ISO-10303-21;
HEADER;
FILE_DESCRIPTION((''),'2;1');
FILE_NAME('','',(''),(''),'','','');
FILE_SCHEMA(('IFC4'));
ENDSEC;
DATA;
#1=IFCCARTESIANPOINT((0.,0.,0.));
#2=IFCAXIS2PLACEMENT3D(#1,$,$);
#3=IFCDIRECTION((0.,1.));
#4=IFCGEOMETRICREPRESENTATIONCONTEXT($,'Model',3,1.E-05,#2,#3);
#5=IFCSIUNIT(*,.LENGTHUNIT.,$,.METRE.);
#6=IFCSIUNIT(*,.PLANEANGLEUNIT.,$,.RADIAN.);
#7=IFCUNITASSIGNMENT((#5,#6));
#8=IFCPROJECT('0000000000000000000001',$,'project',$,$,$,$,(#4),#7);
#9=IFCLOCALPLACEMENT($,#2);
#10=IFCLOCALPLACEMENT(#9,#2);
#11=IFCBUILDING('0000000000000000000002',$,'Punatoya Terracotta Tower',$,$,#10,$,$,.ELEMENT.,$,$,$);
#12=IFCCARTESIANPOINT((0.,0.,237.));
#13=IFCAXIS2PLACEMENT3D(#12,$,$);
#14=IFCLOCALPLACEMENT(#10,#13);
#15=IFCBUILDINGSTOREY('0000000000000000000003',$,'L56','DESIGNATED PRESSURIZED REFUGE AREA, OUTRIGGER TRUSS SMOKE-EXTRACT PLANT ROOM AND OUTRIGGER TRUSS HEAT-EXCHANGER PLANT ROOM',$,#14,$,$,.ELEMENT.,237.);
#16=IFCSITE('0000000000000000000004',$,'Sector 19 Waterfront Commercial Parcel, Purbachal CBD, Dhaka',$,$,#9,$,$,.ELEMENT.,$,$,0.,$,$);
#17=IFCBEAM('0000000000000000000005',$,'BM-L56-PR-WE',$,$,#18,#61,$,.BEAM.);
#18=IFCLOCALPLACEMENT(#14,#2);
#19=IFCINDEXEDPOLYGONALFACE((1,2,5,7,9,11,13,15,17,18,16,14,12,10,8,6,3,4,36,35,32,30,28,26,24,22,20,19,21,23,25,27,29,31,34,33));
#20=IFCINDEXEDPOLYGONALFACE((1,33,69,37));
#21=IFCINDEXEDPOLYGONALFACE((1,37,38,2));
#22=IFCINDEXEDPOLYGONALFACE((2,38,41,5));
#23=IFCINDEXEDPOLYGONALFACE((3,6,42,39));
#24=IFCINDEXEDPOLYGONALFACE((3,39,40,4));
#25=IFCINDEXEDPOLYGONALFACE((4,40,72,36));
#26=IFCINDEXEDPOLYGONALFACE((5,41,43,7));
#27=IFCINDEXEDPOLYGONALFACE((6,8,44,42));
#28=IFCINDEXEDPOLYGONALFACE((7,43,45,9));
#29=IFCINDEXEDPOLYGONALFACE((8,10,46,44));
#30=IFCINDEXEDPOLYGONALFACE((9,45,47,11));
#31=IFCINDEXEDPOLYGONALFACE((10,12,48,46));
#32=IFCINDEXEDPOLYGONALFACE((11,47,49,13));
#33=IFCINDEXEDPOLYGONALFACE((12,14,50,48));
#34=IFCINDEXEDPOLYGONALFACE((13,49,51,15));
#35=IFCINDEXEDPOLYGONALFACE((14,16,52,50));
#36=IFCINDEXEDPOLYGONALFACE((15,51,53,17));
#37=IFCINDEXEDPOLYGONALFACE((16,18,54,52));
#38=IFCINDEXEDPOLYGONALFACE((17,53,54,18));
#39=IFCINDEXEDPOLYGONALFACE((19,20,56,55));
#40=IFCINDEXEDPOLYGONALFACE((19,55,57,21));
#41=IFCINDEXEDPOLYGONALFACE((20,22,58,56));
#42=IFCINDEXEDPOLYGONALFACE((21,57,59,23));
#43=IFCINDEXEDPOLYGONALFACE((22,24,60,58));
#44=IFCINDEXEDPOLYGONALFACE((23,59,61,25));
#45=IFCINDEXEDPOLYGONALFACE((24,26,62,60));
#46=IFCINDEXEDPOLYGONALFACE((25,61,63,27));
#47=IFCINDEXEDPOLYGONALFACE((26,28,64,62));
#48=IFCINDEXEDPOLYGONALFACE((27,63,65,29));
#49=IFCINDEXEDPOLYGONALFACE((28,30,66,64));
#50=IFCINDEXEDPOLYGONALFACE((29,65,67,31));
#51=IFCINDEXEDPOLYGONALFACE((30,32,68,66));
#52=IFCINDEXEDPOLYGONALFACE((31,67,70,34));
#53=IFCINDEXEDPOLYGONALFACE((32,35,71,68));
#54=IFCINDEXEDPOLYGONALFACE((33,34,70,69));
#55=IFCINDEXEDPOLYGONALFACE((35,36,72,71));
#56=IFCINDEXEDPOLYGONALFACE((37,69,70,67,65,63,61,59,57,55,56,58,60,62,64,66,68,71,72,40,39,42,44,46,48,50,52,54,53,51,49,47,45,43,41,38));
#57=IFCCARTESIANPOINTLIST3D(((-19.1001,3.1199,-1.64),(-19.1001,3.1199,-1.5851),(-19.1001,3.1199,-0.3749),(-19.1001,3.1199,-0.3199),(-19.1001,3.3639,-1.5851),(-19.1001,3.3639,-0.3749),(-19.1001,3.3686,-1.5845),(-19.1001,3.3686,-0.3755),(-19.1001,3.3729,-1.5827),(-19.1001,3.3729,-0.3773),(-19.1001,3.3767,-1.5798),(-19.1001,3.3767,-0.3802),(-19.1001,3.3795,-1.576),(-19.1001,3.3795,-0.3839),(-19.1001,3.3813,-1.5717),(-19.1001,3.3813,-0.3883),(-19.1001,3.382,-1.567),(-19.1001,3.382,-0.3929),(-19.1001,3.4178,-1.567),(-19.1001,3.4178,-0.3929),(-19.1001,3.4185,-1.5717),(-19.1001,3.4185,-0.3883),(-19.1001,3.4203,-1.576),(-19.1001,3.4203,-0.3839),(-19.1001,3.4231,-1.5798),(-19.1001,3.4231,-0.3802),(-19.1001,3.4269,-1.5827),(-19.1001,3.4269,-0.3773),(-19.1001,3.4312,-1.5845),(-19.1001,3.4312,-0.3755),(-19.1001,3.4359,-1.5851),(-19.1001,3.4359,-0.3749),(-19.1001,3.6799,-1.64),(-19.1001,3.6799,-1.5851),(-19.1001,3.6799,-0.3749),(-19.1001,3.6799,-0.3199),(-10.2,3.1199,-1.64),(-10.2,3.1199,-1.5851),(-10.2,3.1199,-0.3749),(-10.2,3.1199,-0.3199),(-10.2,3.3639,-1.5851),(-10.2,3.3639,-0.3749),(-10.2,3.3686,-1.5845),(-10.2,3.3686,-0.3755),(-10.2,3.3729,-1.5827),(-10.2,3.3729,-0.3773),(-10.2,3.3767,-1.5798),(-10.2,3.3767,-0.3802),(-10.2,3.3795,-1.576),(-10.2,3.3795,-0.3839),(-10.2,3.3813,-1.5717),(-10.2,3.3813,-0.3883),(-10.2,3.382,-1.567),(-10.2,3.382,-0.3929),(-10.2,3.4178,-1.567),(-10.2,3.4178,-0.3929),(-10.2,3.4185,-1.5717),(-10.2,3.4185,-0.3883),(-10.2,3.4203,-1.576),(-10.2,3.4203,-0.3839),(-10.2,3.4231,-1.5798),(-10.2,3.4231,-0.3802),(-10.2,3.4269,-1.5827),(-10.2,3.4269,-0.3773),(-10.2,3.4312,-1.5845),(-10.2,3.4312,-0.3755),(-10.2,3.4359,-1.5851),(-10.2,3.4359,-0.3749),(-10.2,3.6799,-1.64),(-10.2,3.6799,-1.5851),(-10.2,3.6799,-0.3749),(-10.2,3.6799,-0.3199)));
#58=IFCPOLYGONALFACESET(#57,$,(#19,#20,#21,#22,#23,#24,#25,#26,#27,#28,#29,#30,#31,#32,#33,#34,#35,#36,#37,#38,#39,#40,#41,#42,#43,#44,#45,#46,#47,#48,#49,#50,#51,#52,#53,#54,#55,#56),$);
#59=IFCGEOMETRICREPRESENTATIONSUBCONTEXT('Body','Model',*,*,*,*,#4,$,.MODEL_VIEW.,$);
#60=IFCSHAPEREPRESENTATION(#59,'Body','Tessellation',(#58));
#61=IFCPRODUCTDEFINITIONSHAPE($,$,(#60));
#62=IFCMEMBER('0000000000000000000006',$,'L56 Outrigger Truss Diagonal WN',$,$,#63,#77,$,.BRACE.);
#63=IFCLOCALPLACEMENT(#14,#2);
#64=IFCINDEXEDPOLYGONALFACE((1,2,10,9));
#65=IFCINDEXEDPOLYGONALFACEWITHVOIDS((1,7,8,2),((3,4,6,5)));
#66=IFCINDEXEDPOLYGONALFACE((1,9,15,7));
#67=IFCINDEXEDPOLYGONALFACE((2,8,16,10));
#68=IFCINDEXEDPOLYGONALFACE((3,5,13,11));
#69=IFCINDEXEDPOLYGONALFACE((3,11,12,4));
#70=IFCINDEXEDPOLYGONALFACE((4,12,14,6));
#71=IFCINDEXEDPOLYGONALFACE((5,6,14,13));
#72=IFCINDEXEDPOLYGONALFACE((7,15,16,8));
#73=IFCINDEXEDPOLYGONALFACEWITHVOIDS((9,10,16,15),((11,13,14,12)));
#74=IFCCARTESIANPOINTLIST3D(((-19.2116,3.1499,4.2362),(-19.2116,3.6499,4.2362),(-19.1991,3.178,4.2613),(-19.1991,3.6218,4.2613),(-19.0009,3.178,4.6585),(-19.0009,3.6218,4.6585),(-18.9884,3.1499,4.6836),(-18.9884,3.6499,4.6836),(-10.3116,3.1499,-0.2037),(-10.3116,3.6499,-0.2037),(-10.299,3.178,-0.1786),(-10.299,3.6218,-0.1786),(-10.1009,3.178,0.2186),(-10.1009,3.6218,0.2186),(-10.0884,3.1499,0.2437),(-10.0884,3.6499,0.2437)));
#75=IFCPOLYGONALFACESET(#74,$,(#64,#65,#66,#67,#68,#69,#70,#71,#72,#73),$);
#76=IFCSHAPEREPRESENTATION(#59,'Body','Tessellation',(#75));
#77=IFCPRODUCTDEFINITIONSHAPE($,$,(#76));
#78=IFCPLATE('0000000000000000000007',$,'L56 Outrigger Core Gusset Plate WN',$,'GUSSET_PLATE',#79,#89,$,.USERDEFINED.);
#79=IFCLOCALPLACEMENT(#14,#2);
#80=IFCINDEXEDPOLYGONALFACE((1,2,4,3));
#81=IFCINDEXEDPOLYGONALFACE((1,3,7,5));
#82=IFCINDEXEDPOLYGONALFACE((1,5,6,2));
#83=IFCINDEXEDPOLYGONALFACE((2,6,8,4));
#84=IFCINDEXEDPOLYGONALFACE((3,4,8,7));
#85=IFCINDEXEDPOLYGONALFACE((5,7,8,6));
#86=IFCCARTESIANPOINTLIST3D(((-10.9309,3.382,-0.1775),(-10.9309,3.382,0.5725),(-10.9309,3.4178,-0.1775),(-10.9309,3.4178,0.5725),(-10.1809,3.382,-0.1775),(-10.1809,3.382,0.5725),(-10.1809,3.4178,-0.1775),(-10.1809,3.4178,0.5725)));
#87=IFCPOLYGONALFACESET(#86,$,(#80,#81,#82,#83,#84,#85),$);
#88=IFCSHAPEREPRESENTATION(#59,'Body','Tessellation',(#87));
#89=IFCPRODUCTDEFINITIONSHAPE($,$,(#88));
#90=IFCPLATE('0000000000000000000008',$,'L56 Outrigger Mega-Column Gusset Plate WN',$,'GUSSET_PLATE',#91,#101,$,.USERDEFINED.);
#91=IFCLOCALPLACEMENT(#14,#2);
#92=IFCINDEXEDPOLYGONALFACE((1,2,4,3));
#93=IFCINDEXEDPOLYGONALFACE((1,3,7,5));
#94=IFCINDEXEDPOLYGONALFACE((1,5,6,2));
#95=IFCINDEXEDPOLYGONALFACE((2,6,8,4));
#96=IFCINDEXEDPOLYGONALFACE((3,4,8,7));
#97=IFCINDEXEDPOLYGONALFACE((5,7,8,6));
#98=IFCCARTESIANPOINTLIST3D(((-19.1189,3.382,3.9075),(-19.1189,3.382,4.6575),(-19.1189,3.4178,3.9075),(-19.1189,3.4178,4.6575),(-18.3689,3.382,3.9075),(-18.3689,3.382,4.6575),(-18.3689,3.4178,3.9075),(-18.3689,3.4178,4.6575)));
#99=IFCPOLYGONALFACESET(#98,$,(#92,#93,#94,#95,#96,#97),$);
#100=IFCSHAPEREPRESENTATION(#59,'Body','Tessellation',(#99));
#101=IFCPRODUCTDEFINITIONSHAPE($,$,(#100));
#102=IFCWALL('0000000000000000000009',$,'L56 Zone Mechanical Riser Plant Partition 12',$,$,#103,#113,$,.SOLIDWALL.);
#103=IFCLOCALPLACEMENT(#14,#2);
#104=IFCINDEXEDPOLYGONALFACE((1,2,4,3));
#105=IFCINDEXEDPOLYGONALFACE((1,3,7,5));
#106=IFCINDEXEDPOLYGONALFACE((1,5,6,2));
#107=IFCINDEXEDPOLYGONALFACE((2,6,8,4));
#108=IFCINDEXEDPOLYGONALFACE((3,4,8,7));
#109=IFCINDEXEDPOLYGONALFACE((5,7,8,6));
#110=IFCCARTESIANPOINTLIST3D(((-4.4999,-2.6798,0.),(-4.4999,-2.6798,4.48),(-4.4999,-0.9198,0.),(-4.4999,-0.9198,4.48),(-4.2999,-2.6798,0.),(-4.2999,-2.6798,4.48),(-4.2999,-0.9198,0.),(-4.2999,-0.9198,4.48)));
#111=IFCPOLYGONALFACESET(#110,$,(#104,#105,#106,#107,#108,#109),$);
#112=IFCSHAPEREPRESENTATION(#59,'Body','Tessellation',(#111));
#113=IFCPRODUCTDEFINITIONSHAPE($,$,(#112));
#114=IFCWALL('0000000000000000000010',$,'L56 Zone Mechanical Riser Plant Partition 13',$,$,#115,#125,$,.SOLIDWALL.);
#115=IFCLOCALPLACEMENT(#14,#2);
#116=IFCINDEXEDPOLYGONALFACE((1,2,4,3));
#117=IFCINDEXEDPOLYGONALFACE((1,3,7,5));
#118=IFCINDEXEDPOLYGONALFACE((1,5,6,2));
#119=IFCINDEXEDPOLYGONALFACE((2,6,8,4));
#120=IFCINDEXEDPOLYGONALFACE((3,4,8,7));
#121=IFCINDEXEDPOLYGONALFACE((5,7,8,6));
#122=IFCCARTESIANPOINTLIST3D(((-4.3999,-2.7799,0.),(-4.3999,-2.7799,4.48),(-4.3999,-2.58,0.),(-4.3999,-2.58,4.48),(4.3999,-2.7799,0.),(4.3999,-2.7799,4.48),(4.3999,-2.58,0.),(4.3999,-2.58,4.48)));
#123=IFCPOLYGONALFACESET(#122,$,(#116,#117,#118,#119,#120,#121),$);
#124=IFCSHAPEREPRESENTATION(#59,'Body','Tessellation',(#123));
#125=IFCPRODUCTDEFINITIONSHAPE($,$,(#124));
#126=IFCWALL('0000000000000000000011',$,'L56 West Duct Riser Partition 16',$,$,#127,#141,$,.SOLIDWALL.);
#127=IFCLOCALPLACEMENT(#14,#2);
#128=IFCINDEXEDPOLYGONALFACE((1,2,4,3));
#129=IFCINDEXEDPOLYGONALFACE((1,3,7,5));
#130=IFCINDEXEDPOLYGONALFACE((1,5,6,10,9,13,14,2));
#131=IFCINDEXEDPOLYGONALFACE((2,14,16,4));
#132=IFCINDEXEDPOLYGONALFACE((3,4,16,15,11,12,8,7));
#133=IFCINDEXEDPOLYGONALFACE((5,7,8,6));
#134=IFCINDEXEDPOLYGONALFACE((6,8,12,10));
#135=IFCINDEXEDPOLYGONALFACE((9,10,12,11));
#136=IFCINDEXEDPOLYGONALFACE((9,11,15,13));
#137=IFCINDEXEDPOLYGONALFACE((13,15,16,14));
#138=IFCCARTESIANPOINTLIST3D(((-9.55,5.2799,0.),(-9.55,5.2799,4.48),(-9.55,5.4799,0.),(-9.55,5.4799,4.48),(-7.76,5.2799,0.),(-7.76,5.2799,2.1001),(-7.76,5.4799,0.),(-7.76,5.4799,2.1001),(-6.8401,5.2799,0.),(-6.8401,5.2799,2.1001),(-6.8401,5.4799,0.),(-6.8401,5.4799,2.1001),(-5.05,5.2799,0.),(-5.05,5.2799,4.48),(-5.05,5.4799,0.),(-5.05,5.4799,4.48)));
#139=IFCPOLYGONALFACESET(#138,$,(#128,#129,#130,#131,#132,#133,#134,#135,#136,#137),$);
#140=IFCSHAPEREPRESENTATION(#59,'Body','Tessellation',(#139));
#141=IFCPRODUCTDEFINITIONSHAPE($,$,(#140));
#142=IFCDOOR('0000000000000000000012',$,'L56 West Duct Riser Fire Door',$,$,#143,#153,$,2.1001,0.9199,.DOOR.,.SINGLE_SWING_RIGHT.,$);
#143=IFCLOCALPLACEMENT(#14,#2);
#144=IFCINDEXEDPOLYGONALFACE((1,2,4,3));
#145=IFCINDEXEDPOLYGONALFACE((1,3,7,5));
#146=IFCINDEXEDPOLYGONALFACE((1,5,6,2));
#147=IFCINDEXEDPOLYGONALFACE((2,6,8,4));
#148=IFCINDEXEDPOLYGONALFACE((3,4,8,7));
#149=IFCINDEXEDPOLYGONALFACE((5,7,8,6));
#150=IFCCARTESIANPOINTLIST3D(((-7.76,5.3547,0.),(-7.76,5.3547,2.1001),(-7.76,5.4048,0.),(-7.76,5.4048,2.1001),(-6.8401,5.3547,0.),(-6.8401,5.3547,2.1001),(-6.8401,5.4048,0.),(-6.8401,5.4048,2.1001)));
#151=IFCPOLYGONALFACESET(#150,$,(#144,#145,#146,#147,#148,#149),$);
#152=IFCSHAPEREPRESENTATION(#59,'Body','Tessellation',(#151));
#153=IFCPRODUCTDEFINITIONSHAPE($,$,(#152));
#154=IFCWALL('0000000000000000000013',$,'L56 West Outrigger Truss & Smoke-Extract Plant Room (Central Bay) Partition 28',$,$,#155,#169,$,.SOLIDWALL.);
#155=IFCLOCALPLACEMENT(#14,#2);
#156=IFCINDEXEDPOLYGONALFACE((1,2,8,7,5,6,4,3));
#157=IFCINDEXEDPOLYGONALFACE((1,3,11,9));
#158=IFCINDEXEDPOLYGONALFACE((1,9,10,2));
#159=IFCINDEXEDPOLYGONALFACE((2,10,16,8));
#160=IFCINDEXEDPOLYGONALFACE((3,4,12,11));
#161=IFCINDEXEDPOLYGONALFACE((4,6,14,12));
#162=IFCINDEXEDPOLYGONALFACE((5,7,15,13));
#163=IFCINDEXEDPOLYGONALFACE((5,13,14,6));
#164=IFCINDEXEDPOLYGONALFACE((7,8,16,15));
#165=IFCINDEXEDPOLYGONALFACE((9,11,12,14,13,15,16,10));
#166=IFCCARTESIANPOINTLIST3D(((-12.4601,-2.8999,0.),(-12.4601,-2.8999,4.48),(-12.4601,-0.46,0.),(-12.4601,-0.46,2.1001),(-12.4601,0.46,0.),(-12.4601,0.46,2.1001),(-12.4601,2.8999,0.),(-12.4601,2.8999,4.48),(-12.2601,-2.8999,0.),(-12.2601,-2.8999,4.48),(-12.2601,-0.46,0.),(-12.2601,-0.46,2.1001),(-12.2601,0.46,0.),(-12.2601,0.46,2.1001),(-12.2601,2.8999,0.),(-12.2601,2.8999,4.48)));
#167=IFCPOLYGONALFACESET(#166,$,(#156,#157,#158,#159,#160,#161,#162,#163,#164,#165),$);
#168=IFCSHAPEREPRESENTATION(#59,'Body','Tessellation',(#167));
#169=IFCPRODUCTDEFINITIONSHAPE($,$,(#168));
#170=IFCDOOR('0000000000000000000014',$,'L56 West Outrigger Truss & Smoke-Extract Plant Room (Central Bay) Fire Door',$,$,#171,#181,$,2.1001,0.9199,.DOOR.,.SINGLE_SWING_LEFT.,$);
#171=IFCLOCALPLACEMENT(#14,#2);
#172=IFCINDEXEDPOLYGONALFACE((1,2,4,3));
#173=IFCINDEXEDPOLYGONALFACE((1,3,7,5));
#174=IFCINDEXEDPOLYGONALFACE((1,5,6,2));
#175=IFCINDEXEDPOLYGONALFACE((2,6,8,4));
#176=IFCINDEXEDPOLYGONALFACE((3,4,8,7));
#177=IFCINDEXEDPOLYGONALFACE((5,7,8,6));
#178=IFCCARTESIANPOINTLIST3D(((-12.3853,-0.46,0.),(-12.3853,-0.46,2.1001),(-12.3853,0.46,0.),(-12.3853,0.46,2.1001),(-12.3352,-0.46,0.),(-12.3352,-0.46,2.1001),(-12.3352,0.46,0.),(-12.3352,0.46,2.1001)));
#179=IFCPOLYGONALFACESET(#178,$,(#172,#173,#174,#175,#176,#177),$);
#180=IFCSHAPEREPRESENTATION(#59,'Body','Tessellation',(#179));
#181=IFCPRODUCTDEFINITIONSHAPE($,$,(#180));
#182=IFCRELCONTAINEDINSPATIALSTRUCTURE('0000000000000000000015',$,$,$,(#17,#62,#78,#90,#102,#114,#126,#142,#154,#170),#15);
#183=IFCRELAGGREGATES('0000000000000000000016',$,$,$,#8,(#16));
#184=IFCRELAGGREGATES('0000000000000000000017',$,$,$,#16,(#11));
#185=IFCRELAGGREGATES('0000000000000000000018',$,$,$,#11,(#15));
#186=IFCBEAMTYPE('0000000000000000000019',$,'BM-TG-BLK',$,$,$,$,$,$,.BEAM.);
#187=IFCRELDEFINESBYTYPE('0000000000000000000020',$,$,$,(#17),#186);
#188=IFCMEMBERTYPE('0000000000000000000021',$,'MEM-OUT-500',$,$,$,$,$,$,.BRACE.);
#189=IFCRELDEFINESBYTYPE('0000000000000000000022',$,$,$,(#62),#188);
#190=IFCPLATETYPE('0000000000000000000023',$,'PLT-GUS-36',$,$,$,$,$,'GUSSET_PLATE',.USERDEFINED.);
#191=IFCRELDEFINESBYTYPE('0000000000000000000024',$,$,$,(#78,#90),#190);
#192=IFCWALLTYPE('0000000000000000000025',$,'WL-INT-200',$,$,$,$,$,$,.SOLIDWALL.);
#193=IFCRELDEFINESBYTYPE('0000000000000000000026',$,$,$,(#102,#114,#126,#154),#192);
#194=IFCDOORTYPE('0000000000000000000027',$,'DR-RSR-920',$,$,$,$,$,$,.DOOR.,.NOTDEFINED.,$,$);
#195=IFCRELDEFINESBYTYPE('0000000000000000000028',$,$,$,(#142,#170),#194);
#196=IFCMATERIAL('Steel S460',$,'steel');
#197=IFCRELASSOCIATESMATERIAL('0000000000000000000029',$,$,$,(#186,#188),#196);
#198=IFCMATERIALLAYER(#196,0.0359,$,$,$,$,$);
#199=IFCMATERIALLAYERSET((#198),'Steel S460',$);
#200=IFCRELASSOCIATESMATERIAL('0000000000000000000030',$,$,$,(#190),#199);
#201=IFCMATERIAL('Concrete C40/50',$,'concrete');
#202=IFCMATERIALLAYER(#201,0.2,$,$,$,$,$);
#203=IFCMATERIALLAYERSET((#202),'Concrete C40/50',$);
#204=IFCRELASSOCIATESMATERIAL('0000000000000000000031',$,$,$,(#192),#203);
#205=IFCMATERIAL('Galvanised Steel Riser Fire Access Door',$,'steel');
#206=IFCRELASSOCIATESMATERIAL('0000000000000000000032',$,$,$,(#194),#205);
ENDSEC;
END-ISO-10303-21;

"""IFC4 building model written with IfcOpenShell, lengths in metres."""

from ifc_helpers import new_model, si_unit, direction, frame, frame_2d, origin, origin_2d, place, context, subcontext, project, spatial, rectangle, hollow_rectangle, i_section, extrude, material, layer, layer_set, material_profile, profile_set, type_object, element, fill, save


model = new_model("IFC4")

# Units and contexts
model_context = context("Model", 3, precision=1e-05, world=origin(), true_north=direction((0.0, 1.0)))
body_context = subcontext(model_context, "Body", "Model", "MODEL_VIEW")
ifc_project = project(units=[si_unit("LENGTHUNIT", "METRE"), si_unit("PLANEANGLEUNIT", "RADIAN")], contexts=[model_context])

# Site, building, storey
site_placement = place(None, origin())
site = spatial("IfcSite", under=ifc_project, at=site_placement, Name="Sector 19 Waterfront Commercial Parcel, Purbachal CBD, Dhaka", CompositionType="ELEMENT", RefElevation=0.0)
building_placement = place(site_placement, origin())
building = spatial("IfcBuilding", under=site, at=building_placement, Name="Punatoya Terracotta Tower", CompositionType="ELEMENT")
storey_placement = place(building_placement, frame((0.0, 0.0, 237.0)))
storey = spatial("IfcBuildingStorey", under=building, at=storey_placement, Name="L56", Description="DESIGNATED PRESSURIZED REFUGE AREA, OUTRIGGER TRUSS SMOKE-EXTRACT PLANT ROOM AND OUTRIGGER TRUSS HEAT-EXCHANGER PLANT ROOM", CompositionType="ELEMENT", Elevation=237.0)

# Shared definitions
ifc_material_1 = material(Name="Steel S460", Category="steel")

# Beam
ifc_material_profile_1 = material_profile(ifc_material_1, i_section(OverallWidth=0.5601, OverallDepth=1.3201, WebThickness=0.0359, FlangeThickness=0.0549, FilletRadius=0.0181, at=origin_2d()))
ifc_profile_set_1 = profile_set([ifc_material_profile_1], Name="Steel S460")
beam_type_1 = type_object("IfcBeamType", Name="BM-TG-BLK", PredefinedType="BEAM", material=ifc_profile_set_1)
beam_1_placement = place(storey_placement, frame((-19.1001, 3.3999, -0.98), z_axis=(1.0, 0.0, 0.0), x_axis=(0.0, 1.0, 0.0)))
element("IfcBeam", 1, at=beam_1_placement, inside=storey, type_object=beam_type_1, Name="BM-L56-PR-WE", PredefinedType="BEAM", context=body_context, shape_type="SweptSolid", body=[
    extrude(i_section(OverallWidth=0.5601, OverallDepth=1.3201, WebThickness=0.0359, FlangeThickness=0.0549, FilletRadius=0.0181, at=origin_2d()), origin(), (0.0, 0.0, 1.0), 8.9001),
])

# Member
ifc_material_profile_2 = material_profile(ifc_material_1, hollow_rectangle(XDim=0.5, YDim=0.5, WallThickness=0.0281, at=origin_2d()))
ifc_profile_set_2 = profile_set([ifc_material_profile_2], Name="Steel S460")
member_type = type_object("IfcMemberType", Name="MEM-OUT-500", PredefinedType="BRACE", material=ifc_profile_set_2)
member_placement = place(storey_placement, frame((-10.2, 3.3999, 0.02), z_axis=(-0.894834, 0.0, 0.446398), x_axis=(0.0, -1.0, 0.0)))
element("IfcMember", 2, at=member_placement, inside=storey, type_object=member_type, Name="L56 Outrigger Truss Diagonal WN", PredefinedType="BRACE", context=body_context, shape_type="SweptSolid", body=[
    extrude(hollow_rectangle(XDim=0.5, YDim=0.5, WallThickness=0.0281, at=origin_2d()), origin(), (0.0, 0.0, 1.0), 9.946),
])

# Plates
ifc_layer_1 = layer(ifc_material_1, 0.0359)
ifc_layer_set_1 = layer_set([ifc_layer_1], Name="Steel S460")
plate_type = type_object("IfcPlateType", Name="PLT-GUS-36", ElementType="GUSSET_PLATE", PredefinedType="USERDEFINED", material=ifc_layer_set_1)
for number, where, z_axis, x_axis, name in (
    (3, (-10.5559, 3.3999, -0.1775), (0.0, 0.0, 1.0), (1.0, 0.0, 0.0), "L56 Outrigger Core Gusset Plate WN"),
    (4, (-18.7439, 3.3999, 3.9075), (0.0, 0.0, 1.0), (1.0, 0.0, 0.0), "L56 Outrigger Mega-Column Gusset Plate WN"),
):
    element("IfcPlate", number, at=place(storey_placement, frame(where, z_axis=z_axis, x_axis=x_axis)), inside=storey, type_object=plate_type, Name=name, ObjectType="GUSSET_PLATE", PredefinedType="USERDEFINED", context=body_context, shape_type="SweptSolid", body=[
        extrude(rectangle(XDim=0.75, YDim=0.0359, at=origin_2d()), origin(), (0.0, 0.0, 1.0), 0.75),
    ])

# Walls
ifc_material_2 = material(Name="Concrete C40/50", Category="concrete")
ifc_layer_2 = layer(ifc_material_2, 0.2)
ifc_layer_set_2 = layer_set([ifc_layer_2], Name="Concrete C40/50")
wall_type_1 = type_object("IfcWallType", Name="WL-INT-200", PredefinedType="SOLIDWALL", material=ifc_layer_set_2)
wall_1_placement = place(storey_placement, frame((-4.3999, -0.9199, 0.0), z_axis=(0.0, 0.0, 1.0), x_axis=(0.0, -1.0, 0.0)))
element("IfcWall", 5, at=wall_1_placement, inside=storey, type_object=wall_type_1, Name="L56 Zone Mechanical Riser Plant Partition 12", PredefinedType="SOLIDWALL", context=body_context, shape_type="SweptSolid", body=[
    extrude(rectangle(XDim=1.76, YDim=0.2, at=frame_2d((0.8799, 0.0))), origin(), (0.0, 0.0, 1.0), 4.48),
])
wall_2_placement = place(storey_placement, frame((-4.3999, -2.6799, 0.0), z_axis=(0.0, 0.0, 1.0), x_axis=(1.0, 0.0, 0.0)))
element("IfcWall", 6, at=wall_2_placement, inside=storey, type_object=wall_type_1, Name="L56 Zone Mechanical Riser Plant Partition 13", PredefinedType="SOLIDWALL", context=body_context, shape_type="SweptSolid", body=[
    extrude(rectangle(XDim=8.7998, YDim=0.2, at=frame_2d((4.3999, 0.0))), origin(), (0.0, 0.0, 1.0), 4.48),
])

# Walls, openings, doors
wall_3_placement = place(storey_placement, frame((-9.55, 5.3799, 0.0), z_axis=(0.0, 0.0, 1.0), x_axis=(1.0, 0.0, 0.0)))
wall_3 = element("IfcWall", 7, at=wall_3_placement, inside=storey, type_object=wall_type_1, Name="L56 West Duct Riser Partition 16", PredefinedType="SOLIDWALL", context=body_context, shape_type="SweptSolid", body=[
    extrude(rectangle(XDim=4.5, YDim=0.2, at=frame_2d((2.25, 0.0))), origin(), (0.0, 0.0, 1.0), 4.48),
])
opening_1_placement = place(wall_3_placement, frame((1.79, 0.0, 0.0)))
opening_1 = element("IfcOpeningElement", 8, at=opening_1_placement, cuts=wall_3, PredefinedType="OPENING", context=body_context, shape_type="SweptSolid", body=[
    extrude(rectangle(XDim=0.9199, YDim=2.1001, at=frame_2d((0.46, 1.05))), frame((0.0, 0.1099, 0.0), z_axis=(0.0, -1.0, 0.0), x_axis=(1.0, 0.0, 0.0)), (0.0, 0.0, 1.0), 0.22),
])
ifc_material_3 = material(Name="Galvanised Steel Riser Fire Access Door", Category="steel")
door_type_1 = type_object("IfcDoorType", Name="DR-RSR-920", OperationType="NOTDEFINED", PredefinedType="DOOR", material=ifc_material_3)
door_1_placement = place(opening_1_placement, origin())
door_1 = element("IfcDoor", 9, at=door_1_placement, inside=storey, type_object=door_type_1, Name="L56 West Duct Riser Fire Door", OperationType="SINGLE_SWING_RIGHT", OverallHeight=2.1001, OverallWidth=0.9199, PredefinedType="DOOR", context=body_context, shape_type="SweptSolid", body=[
    extrude(rectangle(XDim=0.9199, YDim=2.1001, at=frame_2d((0.46, 1.05))), frame((0.0, 0.0249, 0.0), z_axis=(0.0, -1.0, 0.0), x_axis=(1.0, 0.0, 0.0)), (0.0, 0.0, 1.0), 0.05),
])
fill(opening_1, door_1)
wall_4_placement = place(storey_placement, frame((-12.3601, 2.8999, 0.0), z_axis=(0.0, 0.0, 1.0), x_axis=(0.0, -1.0, 0.0)))
wall_4 = element("IfcWall", 10, at=wall_4_placement, inside=storey, type_object=wall_type_1, Name="L56 West Outrigger Truss & Smoke-Extract Plant Room (Central Bay) Partition 28", PredefinedType="SOLIDWALL", context=body_context, shape_type="SweptSolid", body=[
    extrude(rectangle(XDim=5.7998, YDim=0.2, at=frame_2d((2.8999, 0.0))), origin(), (0.0, 0.0, 1.0), 4.48),
])
opening_2_placement = place(wall_4_placement, frame((2.4399, 0.0, 0.0)))
opening_2 = element("IfcOpeningElement", 11, at=opening_2_placement, cuts=wall_4, PredefinedType="OPENING", context=body_context, shape_type="SweptSolid", body=[
    extrude(rectangle(XDim=0.9199, YDim=2.1001, at=frame_2d((0.46, 1.05))), frame((0.0, 0.1099, 0.0), z_axis=(0.0, -1.0, 0.0), x_axis=(1.0, 0.0, 0.0)), (0.0, 0.0, 1.0), 0.22),
])
door_2_placement = place(opening_2_placement, origin())
door_2 = element("IfcDoor", 12, at=door_2_placement, inside=storey, type_object=door_type_1, Name="L56 West Outrigger Truss & Smoke-Extract Plant Room (Central Bay) Fire Door", OperationType="SINGLE_SWING_LEFT", OverallHeight=2.1001, OverallWidth=0.9199, PredefinedType="DOOR", context=body_context, shape_type="SweptSolid", body=[
    extrude(rectangle(XDim=0.9199, YDim=2.1001, at=frame_2d((0.46, 1.05))), frame((0.0, 0.0249, 0.0), z_axis=(0.0, -1.0, 0.0), x_axis=(1.0, 0.0, 0.0)), (0.0, 0.0, 1.0), 0.05),
])
fill(opening_2, door_2)

save(model, "model.ifc")
